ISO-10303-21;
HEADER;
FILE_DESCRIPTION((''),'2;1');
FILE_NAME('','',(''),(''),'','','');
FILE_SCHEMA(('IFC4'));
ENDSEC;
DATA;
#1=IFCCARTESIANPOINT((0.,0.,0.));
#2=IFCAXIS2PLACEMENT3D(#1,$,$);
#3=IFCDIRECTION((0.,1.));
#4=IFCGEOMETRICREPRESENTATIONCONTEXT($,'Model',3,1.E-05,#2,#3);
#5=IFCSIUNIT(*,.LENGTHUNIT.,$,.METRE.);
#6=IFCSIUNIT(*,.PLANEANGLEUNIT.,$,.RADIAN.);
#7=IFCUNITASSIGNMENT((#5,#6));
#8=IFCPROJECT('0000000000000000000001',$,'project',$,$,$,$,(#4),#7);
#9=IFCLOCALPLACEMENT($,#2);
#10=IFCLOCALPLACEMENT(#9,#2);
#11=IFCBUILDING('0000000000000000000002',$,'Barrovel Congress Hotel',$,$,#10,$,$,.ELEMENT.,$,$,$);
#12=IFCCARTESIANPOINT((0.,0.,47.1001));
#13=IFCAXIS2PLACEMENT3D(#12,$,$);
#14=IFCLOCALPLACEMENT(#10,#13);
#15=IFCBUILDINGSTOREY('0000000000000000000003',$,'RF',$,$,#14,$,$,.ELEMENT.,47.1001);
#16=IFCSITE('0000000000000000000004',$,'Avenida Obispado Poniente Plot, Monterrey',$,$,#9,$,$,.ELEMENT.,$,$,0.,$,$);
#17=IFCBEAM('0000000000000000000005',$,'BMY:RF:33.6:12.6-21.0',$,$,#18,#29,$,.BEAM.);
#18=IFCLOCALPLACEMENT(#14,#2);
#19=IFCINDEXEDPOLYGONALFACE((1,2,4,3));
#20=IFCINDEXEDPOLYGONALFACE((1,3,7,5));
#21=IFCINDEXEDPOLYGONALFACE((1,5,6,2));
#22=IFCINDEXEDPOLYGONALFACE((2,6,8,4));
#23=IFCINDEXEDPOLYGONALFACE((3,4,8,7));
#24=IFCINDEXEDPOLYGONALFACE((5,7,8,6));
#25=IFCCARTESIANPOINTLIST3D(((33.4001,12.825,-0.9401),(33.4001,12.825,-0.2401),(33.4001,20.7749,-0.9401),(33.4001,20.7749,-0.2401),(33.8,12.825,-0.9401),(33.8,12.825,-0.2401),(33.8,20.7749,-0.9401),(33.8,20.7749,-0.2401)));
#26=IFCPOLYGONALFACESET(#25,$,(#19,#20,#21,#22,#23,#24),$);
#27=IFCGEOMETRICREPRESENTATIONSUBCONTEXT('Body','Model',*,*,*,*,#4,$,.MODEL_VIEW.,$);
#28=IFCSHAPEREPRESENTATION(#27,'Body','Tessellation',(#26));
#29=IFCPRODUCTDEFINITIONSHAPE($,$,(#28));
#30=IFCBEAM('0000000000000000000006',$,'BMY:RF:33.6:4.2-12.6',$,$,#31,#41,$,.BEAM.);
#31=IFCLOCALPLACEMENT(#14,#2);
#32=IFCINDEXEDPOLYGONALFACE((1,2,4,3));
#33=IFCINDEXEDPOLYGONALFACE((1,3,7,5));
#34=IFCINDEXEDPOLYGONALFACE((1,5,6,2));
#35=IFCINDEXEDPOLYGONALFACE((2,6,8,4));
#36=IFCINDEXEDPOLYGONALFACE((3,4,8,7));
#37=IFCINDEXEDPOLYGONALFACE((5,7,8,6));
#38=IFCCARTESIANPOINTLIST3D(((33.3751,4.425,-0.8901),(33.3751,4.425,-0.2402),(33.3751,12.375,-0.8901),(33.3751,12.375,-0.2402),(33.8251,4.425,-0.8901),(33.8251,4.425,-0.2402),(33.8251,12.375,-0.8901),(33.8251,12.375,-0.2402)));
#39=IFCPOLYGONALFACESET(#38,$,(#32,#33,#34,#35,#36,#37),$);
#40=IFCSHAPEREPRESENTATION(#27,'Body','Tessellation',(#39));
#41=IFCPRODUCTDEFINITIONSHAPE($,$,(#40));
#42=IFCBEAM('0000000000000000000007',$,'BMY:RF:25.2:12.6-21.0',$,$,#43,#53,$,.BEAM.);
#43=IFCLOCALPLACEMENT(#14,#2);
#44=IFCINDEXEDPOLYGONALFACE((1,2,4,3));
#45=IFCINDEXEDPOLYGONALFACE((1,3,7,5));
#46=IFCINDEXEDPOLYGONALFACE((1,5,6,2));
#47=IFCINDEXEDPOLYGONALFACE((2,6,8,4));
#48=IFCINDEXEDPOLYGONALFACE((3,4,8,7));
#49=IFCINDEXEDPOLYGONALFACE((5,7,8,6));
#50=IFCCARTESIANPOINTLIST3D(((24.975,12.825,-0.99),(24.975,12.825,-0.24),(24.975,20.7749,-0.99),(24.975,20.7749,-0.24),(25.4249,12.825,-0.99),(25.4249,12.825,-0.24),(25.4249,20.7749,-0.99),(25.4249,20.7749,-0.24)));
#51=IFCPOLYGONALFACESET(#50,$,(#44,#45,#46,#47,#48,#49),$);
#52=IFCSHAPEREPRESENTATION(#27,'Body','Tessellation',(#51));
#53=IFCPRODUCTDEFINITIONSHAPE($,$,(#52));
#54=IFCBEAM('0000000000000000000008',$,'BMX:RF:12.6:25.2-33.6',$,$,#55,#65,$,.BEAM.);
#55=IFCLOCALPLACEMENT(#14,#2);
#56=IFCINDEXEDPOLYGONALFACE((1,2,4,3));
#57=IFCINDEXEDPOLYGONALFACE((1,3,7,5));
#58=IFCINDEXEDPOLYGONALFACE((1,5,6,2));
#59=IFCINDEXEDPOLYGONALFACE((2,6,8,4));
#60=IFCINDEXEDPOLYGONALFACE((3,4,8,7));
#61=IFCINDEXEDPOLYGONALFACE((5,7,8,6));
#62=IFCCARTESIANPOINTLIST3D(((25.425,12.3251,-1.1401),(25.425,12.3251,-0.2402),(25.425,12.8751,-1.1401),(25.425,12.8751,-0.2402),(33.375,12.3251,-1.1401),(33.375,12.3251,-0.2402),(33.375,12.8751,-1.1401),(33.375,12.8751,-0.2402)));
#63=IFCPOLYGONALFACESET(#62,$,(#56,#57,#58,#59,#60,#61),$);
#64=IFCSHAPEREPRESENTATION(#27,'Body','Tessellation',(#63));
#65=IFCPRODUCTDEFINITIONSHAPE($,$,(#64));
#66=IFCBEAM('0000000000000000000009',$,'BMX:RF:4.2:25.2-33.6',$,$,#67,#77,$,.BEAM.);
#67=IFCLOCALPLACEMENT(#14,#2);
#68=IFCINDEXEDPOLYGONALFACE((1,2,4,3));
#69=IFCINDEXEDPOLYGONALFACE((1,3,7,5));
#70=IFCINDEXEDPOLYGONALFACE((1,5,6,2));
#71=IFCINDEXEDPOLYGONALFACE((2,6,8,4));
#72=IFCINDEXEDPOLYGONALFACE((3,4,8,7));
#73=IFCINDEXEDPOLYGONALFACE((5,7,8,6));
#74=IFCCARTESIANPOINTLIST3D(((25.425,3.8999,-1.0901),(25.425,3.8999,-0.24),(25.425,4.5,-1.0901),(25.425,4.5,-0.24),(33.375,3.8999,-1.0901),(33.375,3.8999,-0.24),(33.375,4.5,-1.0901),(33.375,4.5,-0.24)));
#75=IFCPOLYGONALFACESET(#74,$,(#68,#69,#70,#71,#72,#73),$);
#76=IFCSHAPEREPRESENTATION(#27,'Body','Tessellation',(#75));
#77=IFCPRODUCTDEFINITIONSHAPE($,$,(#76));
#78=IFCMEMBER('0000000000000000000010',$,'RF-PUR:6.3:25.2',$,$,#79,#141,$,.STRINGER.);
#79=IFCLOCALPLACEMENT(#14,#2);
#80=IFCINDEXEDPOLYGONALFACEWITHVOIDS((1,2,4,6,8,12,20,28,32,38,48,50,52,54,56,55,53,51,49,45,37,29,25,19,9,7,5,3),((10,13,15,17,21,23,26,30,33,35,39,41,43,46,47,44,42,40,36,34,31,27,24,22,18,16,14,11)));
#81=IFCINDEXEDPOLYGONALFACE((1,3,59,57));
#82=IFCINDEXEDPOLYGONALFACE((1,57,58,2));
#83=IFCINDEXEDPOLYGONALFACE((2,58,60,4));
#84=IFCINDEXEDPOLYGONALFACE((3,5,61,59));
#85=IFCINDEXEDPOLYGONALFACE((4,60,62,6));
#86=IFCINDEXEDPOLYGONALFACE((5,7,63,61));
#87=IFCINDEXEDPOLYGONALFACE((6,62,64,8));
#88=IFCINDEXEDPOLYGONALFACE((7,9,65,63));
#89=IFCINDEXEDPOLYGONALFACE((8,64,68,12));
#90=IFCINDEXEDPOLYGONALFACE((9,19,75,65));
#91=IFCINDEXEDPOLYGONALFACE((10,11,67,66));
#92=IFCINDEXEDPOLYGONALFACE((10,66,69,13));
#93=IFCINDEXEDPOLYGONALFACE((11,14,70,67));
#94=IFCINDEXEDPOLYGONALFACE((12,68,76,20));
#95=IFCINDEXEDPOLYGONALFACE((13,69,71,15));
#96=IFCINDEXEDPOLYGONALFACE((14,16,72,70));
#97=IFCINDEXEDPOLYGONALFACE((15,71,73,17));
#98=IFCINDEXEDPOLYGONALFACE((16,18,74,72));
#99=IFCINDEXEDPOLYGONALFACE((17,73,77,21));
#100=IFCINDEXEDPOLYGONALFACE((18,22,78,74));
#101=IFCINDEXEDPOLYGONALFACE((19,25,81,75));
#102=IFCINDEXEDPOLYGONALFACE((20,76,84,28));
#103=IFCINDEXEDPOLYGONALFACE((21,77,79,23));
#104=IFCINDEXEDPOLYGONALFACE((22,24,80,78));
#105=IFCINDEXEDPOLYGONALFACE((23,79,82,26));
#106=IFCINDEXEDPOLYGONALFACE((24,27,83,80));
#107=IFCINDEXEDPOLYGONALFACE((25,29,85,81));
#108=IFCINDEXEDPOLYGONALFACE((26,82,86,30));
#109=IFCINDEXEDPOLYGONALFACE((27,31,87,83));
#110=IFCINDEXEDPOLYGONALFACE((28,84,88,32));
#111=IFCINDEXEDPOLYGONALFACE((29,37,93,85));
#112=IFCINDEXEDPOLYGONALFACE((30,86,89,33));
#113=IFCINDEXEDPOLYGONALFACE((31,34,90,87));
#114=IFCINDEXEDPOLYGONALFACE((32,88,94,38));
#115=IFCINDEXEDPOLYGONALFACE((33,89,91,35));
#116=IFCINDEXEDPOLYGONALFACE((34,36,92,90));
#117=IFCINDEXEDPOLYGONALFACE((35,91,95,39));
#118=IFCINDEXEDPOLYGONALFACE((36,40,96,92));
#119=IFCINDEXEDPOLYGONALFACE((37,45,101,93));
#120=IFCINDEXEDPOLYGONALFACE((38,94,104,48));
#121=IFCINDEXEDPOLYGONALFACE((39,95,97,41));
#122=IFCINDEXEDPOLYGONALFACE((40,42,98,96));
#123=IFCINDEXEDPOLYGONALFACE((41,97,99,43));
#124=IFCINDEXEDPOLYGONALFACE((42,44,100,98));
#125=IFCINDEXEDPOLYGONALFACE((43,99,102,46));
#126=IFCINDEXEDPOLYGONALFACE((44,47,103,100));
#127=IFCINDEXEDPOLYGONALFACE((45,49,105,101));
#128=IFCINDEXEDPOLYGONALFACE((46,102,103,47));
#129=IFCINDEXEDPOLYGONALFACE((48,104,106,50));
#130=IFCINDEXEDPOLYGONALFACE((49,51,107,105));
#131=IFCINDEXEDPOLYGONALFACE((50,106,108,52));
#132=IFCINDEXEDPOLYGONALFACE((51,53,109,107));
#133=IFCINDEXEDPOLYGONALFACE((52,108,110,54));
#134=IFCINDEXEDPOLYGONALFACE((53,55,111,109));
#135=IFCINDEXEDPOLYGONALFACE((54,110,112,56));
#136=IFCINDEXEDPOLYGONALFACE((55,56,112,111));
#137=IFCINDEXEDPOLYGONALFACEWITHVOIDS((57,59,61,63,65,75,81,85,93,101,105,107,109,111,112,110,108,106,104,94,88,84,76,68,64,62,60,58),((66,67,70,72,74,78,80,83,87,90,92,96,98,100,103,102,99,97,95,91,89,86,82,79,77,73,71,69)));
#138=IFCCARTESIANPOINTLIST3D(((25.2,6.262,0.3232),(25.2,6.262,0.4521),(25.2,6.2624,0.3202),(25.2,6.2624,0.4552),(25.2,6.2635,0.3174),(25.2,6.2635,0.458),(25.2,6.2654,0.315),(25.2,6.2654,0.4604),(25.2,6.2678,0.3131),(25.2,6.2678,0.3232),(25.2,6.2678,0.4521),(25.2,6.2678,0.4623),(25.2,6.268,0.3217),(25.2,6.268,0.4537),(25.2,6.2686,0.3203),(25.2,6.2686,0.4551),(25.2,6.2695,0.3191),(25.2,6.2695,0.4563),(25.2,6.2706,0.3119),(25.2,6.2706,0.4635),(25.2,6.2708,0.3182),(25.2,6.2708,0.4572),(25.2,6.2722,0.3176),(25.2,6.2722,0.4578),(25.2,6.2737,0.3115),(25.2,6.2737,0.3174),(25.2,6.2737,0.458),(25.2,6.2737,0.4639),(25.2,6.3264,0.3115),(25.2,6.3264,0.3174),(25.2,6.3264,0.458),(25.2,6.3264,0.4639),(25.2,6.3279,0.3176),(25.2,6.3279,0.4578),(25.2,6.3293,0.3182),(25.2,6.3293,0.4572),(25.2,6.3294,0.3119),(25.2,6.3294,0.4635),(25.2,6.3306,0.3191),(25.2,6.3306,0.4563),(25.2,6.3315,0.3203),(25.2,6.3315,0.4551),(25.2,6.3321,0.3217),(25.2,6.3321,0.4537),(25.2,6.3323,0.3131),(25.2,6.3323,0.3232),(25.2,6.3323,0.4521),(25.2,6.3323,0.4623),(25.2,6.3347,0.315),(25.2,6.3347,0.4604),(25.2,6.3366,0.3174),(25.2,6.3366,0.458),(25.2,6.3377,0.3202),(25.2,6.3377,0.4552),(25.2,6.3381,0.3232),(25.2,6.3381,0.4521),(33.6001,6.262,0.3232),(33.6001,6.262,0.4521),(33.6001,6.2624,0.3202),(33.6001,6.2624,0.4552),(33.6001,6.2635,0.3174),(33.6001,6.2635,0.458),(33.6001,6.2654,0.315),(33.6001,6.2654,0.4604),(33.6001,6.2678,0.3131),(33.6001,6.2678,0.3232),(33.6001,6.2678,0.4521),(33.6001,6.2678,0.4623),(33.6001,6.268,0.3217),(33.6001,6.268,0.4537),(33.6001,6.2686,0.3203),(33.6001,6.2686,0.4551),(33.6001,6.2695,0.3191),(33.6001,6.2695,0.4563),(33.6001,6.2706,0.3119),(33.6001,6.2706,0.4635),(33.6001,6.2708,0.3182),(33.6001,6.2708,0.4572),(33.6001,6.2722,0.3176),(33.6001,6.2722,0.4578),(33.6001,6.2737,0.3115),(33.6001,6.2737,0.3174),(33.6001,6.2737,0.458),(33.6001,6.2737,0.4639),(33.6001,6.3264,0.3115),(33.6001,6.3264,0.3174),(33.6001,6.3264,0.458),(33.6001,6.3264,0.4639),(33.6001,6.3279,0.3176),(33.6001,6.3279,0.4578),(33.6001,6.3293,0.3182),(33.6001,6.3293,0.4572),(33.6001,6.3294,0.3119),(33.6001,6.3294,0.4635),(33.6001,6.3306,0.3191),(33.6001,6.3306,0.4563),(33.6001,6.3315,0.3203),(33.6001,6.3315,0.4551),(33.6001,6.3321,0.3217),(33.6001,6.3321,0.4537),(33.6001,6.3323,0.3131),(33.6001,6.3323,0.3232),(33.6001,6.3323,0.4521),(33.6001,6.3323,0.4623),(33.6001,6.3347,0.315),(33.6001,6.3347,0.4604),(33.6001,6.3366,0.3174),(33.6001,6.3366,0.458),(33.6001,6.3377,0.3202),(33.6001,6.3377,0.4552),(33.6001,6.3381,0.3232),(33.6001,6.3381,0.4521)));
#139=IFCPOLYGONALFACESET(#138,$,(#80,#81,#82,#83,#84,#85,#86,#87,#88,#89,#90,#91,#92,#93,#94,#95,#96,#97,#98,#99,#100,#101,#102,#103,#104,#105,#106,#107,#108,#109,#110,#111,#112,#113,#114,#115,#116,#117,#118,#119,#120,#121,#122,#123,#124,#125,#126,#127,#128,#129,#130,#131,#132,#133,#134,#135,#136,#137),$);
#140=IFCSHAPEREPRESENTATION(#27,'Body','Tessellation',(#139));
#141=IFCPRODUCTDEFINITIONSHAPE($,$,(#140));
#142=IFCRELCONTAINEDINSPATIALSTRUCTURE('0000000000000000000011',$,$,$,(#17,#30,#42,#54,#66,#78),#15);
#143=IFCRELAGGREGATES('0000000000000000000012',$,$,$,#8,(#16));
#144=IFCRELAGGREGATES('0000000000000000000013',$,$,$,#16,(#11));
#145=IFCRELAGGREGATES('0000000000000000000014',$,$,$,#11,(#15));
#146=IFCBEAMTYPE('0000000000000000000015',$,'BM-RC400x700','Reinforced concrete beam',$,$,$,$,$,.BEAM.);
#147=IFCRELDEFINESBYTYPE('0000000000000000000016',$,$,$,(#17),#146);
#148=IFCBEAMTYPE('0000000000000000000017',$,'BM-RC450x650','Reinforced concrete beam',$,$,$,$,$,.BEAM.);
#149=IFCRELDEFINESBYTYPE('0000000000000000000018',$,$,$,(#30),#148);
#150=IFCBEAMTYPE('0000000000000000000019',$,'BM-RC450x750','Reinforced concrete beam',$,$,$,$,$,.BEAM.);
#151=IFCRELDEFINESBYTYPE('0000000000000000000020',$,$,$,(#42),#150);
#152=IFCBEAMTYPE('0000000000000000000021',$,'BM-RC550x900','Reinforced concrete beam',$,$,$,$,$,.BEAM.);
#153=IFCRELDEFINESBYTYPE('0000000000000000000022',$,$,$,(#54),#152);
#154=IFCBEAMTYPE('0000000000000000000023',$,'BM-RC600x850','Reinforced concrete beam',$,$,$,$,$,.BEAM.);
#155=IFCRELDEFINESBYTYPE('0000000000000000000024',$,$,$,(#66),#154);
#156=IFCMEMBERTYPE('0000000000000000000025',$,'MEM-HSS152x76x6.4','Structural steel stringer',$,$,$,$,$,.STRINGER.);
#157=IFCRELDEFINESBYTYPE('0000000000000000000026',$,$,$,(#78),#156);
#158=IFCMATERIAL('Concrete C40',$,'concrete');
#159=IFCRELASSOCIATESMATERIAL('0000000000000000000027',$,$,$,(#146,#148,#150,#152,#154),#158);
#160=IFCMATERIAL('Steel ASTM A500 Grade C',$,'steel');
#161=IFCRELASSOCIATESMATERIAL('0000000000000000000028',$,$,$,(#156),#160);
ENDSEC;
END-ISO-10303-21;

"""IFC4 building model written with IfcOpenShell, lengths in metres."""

from ifc_helpers import new_model, si_unit, direction, frame, origin, origin_2d, place, context, subcontext, project, spatial, rectangle, hollow_rectangle, extrude, material, material_profile, profile_set, type_object, element, save


model = new_model("IFC4")

# Units and contexts
model_context = context("Model", 3, precision=1e-05, world=origin(), true_north=direction((0.0, 1.0)))
body_context = subcontext(model_context, "Body", "Model", "MODEL_VIEW")
ifc_project = project(units=[si_unit("LENGTHUNIT", "METRE"), si_unit("PLANEANGLEUNIT", "RADIAN")], contexts=[model_context])

# Site, building, storey
site_placement = place(None, origin())
site = spatial("IfcSite", under=ifc_project, at=site_placement, Name="Avenida Obispado Poniente Plot, Monterrey", CompositionType="ELEMENT", RefElevation=0.0)
building_placement = place(site_placement, origin())
building = spatial("IfcBuilding", under=site, at=building_placement, Name="Barrovel Congress Hotel", CompositionType="ELEMENT")
storey_placement = place(building_placement, frame((0.0, 0.0, 47.1001)))
storey = spatial("IfcBuildingStorey", under=building, at=storey_placement, Name="RF", CompositionType="ELEMENT", Elevation=47.1001)

# Beams
ifc_material_1 = material(Name="Concrete C40", Category="concrete")
ifc_material_profile_1 = material_profile(ifc_material_1, rectangle(XDim=0.3999, YDim=0.7, at=origin_2d()), Name="RC400x700")
ifc_profile_set_1 = profile_set([ifc_material_profile_1], Name="Concrete C40")
beam_type_1 = type_object("IfcBeamType", Name="BM-RC400x700", Description="Reinforced concrete beam", PredefinedType="BEAM", material=ifc_profile_set_1)
beam_1_placement = place(storey_placement, frame((33.6001, 12.825, -0.5901), z_axis=(0.0, 1.0, 0.0), x_axis=(-1.0, 0.0, 0.0)))
element("IfcBeam", 1, at=beam_1_placement, inside=storey, type_object=beam_type_1, Name="BMY:RF:33.6:12.6-21.0", PredefinedType="BEAM", context=body_context, shape_type="SweptSolid", body=[
    extrude(rectangle(XDim=0.3999, YDim=0.7, at=origin_2d()), origin(), (0.0, 0.0, 1.0), 7.95),
])
ifc_material_profile_2 = material_profile(ifc_material_1, rectangle(XDim=0.45, YDim=0.6499, at=origin_2d()), Name="RC450x650")
ifc_profile_set_2 = profile_set([ifc_material_profile_2], Name="Concrete C40")
beam_type_2 = type_object("IfcBeamType", Name="BM-RC450x650", Description="Reinforced concrete beam", PredefinedType="BEAM", material=ifc_profile_set_2)
beam_2_placement = place(storey_placement, frame((33.6001, 4.425, -0.5652), z_axis=(0.0, 1.0, 0.0), x_axis=(-1.0, 0.0, 0.0)))
element("IfcBeam", 2, at=beam_2_placement, inside=storey, type_object=beam_type_2, Name="BMY:RF:33.6:4.2-12.6", PredefinedType="BEAM", context=body_context, shape_type="SweptSolid", body=[
    extrude(rectangle(XDim=0.45, YDim=0.6499, at=origin_2d()), origin(), (0.0, 0.0, 1.0), 7.95),
])
ifc_material_profile_3 = material_profile(ifc_material_1, rectangle(XDim=0.45, YDim=0.75, at=origin_2d()), Name="RC450x750")
ifc_profile_set_3 = profile_set([ifc_material_profile_3], Name="Concrete C40")
beam_type_3 = type_object("IfcBeamType", Name="BM-RC450x750", Description="Reinforced concrete beam", PredefinedType="BEAM", material=ifc_profile_set_3)
beam_3_placement = place(storey_placement, frame((25.2, 12.825, -0.615), z_axis=(0.0, 1.0, 0.0), x_axis=(-1.0, 0.0, 0.0)))
element("IfcBeam", 3, at=beam_3_placement, inside=storey, type_object=beam_type_3, Name="BMY:RF:25.2:12.6-21.0", PredefinedType="BEAM", context=body_context, shape_type="SweptSolid", body=[
    extrude(rectangle(XDim=0.45, YDim=0.75, at=origin_2d()), origin(), (0.0, 0.0, 1.0), 7.95),
])
ifc_material_profile_4 = material_profile(ifc_material_1, rectangle(XDim=0.55, YDim=0.8999, at=origin_2d()), Name="RC550x900")
ifc_profile_set_4 = profile_set([ifc_material_profile_4], Name="Concrete C40")
beam_type_4 = type_object("IfcBeamType", Name="BM-RC550x900", Description="Reinforced concrete beam", PredefinedType="BEAM", material=ifc_profile_set_4)
beam_4_placement = place(storey_placement, frame((25.425, 12.6001, -0.6902), z_axis=(1.0, 0.0, 0.0), x_axis=(0.0, 1.0, 0.0)))
element("IfcBeam", 4, at=beam_4_placement, inside=storey, type_object=beam_type_4, Name="BMX:RF:12.6:25.2-33.6", PredefinedType="BEAM", context=body_context, shape_type="SweptSolid", body=[
    extrude(rectangle(XDim=0.55, YDim=0.8999, at=origin_2d()), origin(), (0.0, 0.0, 1.0), 7.95),
])
ifc_material_profile_5 = material_profile(ifc_material_1, rectangle(XDim=0.6001, YDim=0.8501, at=origin_2d()), Name="RC600x850")
ifc_profile_set_5 = profile_set([ifc_material_profile_5], Name="Concrete C40")
beam_type_5 = type_object("IfcBeamType", Name="BM-RC600x850", Description="Reinforced concrete beam", PredefinedType="BEAM", material=ifc_profile_set_5)
beam_5_placement = place(storey_placement, frame((25.425, 4.2, -0.665), z_axis=(1.0, 0.0, 0.0), x_axis=(0.0, 1.0, 0.0)))
element("IfcBeam", 5, at=beam_5_placement, inside=storey, type_object=beam_type_5, Name="BMX:RF:4.2:25.2-33.6", PredefinedType="BEAM", context=body_context, shape_type="SweptSolid", body=[
    extrude(rectangle(XDim=0.6001, YDim=0.8501, at=origin_2d()), origin(), (0.0, 0.0, 1.0), 7.95),
])

# Member
ifc_material_2 = material(Name="Steel ASTM A500 Grade C", Category="steel")
ifc_material_profile_6 = material_profile(ifc_material_2, hollow_rectangle(XDim=0.0762, YDim=0.1523, WallThickness=0.0059, InnerFilletRadius=0.0059, OuterFilletRadius=0.0117, at=origin_2d()), Name="HSS152x76x6.4")
ifc_profile_set_6 = profile_set([ifc_material_profile_6], Name="Steel ASTM A500 Grade C")
member_type_1 = type_object("IfcMemberType", Name="MEM-HSS152x76x6.4", Description="Structural steel stringer", PredefinedType="STRINGER", material=ifc_profile_set_6)
for number, where, z_axis, x_axis, name in (
    (6, (25.2, 6.3, 0.3877), (1.0, 0.0, 0.0), (0.0, 1.0, 0.0), "RF-PUR:6.3:25.2"),
):
    element("IfcMember", number, at=place(storey_placement, frame(where, z_axis=z_axis, x_axis=x_axis)), inside=storey, type_object=member_type_1, Name=name, PredefinedType="STRINGER", context=body_context, shape_type="SweptSolid", body=[
        extrude(hollow_rectangle(XDim=0.0762, YDim=0.1523, WallThickness=0.0059, InnerFilletRadius=0.0059, OuterFilletRadius=0.0117, at=origin_2d()), origin(), (0.0, 0.0, 1.0), 8.4001),
    ])

save(model, "model.ifc")
